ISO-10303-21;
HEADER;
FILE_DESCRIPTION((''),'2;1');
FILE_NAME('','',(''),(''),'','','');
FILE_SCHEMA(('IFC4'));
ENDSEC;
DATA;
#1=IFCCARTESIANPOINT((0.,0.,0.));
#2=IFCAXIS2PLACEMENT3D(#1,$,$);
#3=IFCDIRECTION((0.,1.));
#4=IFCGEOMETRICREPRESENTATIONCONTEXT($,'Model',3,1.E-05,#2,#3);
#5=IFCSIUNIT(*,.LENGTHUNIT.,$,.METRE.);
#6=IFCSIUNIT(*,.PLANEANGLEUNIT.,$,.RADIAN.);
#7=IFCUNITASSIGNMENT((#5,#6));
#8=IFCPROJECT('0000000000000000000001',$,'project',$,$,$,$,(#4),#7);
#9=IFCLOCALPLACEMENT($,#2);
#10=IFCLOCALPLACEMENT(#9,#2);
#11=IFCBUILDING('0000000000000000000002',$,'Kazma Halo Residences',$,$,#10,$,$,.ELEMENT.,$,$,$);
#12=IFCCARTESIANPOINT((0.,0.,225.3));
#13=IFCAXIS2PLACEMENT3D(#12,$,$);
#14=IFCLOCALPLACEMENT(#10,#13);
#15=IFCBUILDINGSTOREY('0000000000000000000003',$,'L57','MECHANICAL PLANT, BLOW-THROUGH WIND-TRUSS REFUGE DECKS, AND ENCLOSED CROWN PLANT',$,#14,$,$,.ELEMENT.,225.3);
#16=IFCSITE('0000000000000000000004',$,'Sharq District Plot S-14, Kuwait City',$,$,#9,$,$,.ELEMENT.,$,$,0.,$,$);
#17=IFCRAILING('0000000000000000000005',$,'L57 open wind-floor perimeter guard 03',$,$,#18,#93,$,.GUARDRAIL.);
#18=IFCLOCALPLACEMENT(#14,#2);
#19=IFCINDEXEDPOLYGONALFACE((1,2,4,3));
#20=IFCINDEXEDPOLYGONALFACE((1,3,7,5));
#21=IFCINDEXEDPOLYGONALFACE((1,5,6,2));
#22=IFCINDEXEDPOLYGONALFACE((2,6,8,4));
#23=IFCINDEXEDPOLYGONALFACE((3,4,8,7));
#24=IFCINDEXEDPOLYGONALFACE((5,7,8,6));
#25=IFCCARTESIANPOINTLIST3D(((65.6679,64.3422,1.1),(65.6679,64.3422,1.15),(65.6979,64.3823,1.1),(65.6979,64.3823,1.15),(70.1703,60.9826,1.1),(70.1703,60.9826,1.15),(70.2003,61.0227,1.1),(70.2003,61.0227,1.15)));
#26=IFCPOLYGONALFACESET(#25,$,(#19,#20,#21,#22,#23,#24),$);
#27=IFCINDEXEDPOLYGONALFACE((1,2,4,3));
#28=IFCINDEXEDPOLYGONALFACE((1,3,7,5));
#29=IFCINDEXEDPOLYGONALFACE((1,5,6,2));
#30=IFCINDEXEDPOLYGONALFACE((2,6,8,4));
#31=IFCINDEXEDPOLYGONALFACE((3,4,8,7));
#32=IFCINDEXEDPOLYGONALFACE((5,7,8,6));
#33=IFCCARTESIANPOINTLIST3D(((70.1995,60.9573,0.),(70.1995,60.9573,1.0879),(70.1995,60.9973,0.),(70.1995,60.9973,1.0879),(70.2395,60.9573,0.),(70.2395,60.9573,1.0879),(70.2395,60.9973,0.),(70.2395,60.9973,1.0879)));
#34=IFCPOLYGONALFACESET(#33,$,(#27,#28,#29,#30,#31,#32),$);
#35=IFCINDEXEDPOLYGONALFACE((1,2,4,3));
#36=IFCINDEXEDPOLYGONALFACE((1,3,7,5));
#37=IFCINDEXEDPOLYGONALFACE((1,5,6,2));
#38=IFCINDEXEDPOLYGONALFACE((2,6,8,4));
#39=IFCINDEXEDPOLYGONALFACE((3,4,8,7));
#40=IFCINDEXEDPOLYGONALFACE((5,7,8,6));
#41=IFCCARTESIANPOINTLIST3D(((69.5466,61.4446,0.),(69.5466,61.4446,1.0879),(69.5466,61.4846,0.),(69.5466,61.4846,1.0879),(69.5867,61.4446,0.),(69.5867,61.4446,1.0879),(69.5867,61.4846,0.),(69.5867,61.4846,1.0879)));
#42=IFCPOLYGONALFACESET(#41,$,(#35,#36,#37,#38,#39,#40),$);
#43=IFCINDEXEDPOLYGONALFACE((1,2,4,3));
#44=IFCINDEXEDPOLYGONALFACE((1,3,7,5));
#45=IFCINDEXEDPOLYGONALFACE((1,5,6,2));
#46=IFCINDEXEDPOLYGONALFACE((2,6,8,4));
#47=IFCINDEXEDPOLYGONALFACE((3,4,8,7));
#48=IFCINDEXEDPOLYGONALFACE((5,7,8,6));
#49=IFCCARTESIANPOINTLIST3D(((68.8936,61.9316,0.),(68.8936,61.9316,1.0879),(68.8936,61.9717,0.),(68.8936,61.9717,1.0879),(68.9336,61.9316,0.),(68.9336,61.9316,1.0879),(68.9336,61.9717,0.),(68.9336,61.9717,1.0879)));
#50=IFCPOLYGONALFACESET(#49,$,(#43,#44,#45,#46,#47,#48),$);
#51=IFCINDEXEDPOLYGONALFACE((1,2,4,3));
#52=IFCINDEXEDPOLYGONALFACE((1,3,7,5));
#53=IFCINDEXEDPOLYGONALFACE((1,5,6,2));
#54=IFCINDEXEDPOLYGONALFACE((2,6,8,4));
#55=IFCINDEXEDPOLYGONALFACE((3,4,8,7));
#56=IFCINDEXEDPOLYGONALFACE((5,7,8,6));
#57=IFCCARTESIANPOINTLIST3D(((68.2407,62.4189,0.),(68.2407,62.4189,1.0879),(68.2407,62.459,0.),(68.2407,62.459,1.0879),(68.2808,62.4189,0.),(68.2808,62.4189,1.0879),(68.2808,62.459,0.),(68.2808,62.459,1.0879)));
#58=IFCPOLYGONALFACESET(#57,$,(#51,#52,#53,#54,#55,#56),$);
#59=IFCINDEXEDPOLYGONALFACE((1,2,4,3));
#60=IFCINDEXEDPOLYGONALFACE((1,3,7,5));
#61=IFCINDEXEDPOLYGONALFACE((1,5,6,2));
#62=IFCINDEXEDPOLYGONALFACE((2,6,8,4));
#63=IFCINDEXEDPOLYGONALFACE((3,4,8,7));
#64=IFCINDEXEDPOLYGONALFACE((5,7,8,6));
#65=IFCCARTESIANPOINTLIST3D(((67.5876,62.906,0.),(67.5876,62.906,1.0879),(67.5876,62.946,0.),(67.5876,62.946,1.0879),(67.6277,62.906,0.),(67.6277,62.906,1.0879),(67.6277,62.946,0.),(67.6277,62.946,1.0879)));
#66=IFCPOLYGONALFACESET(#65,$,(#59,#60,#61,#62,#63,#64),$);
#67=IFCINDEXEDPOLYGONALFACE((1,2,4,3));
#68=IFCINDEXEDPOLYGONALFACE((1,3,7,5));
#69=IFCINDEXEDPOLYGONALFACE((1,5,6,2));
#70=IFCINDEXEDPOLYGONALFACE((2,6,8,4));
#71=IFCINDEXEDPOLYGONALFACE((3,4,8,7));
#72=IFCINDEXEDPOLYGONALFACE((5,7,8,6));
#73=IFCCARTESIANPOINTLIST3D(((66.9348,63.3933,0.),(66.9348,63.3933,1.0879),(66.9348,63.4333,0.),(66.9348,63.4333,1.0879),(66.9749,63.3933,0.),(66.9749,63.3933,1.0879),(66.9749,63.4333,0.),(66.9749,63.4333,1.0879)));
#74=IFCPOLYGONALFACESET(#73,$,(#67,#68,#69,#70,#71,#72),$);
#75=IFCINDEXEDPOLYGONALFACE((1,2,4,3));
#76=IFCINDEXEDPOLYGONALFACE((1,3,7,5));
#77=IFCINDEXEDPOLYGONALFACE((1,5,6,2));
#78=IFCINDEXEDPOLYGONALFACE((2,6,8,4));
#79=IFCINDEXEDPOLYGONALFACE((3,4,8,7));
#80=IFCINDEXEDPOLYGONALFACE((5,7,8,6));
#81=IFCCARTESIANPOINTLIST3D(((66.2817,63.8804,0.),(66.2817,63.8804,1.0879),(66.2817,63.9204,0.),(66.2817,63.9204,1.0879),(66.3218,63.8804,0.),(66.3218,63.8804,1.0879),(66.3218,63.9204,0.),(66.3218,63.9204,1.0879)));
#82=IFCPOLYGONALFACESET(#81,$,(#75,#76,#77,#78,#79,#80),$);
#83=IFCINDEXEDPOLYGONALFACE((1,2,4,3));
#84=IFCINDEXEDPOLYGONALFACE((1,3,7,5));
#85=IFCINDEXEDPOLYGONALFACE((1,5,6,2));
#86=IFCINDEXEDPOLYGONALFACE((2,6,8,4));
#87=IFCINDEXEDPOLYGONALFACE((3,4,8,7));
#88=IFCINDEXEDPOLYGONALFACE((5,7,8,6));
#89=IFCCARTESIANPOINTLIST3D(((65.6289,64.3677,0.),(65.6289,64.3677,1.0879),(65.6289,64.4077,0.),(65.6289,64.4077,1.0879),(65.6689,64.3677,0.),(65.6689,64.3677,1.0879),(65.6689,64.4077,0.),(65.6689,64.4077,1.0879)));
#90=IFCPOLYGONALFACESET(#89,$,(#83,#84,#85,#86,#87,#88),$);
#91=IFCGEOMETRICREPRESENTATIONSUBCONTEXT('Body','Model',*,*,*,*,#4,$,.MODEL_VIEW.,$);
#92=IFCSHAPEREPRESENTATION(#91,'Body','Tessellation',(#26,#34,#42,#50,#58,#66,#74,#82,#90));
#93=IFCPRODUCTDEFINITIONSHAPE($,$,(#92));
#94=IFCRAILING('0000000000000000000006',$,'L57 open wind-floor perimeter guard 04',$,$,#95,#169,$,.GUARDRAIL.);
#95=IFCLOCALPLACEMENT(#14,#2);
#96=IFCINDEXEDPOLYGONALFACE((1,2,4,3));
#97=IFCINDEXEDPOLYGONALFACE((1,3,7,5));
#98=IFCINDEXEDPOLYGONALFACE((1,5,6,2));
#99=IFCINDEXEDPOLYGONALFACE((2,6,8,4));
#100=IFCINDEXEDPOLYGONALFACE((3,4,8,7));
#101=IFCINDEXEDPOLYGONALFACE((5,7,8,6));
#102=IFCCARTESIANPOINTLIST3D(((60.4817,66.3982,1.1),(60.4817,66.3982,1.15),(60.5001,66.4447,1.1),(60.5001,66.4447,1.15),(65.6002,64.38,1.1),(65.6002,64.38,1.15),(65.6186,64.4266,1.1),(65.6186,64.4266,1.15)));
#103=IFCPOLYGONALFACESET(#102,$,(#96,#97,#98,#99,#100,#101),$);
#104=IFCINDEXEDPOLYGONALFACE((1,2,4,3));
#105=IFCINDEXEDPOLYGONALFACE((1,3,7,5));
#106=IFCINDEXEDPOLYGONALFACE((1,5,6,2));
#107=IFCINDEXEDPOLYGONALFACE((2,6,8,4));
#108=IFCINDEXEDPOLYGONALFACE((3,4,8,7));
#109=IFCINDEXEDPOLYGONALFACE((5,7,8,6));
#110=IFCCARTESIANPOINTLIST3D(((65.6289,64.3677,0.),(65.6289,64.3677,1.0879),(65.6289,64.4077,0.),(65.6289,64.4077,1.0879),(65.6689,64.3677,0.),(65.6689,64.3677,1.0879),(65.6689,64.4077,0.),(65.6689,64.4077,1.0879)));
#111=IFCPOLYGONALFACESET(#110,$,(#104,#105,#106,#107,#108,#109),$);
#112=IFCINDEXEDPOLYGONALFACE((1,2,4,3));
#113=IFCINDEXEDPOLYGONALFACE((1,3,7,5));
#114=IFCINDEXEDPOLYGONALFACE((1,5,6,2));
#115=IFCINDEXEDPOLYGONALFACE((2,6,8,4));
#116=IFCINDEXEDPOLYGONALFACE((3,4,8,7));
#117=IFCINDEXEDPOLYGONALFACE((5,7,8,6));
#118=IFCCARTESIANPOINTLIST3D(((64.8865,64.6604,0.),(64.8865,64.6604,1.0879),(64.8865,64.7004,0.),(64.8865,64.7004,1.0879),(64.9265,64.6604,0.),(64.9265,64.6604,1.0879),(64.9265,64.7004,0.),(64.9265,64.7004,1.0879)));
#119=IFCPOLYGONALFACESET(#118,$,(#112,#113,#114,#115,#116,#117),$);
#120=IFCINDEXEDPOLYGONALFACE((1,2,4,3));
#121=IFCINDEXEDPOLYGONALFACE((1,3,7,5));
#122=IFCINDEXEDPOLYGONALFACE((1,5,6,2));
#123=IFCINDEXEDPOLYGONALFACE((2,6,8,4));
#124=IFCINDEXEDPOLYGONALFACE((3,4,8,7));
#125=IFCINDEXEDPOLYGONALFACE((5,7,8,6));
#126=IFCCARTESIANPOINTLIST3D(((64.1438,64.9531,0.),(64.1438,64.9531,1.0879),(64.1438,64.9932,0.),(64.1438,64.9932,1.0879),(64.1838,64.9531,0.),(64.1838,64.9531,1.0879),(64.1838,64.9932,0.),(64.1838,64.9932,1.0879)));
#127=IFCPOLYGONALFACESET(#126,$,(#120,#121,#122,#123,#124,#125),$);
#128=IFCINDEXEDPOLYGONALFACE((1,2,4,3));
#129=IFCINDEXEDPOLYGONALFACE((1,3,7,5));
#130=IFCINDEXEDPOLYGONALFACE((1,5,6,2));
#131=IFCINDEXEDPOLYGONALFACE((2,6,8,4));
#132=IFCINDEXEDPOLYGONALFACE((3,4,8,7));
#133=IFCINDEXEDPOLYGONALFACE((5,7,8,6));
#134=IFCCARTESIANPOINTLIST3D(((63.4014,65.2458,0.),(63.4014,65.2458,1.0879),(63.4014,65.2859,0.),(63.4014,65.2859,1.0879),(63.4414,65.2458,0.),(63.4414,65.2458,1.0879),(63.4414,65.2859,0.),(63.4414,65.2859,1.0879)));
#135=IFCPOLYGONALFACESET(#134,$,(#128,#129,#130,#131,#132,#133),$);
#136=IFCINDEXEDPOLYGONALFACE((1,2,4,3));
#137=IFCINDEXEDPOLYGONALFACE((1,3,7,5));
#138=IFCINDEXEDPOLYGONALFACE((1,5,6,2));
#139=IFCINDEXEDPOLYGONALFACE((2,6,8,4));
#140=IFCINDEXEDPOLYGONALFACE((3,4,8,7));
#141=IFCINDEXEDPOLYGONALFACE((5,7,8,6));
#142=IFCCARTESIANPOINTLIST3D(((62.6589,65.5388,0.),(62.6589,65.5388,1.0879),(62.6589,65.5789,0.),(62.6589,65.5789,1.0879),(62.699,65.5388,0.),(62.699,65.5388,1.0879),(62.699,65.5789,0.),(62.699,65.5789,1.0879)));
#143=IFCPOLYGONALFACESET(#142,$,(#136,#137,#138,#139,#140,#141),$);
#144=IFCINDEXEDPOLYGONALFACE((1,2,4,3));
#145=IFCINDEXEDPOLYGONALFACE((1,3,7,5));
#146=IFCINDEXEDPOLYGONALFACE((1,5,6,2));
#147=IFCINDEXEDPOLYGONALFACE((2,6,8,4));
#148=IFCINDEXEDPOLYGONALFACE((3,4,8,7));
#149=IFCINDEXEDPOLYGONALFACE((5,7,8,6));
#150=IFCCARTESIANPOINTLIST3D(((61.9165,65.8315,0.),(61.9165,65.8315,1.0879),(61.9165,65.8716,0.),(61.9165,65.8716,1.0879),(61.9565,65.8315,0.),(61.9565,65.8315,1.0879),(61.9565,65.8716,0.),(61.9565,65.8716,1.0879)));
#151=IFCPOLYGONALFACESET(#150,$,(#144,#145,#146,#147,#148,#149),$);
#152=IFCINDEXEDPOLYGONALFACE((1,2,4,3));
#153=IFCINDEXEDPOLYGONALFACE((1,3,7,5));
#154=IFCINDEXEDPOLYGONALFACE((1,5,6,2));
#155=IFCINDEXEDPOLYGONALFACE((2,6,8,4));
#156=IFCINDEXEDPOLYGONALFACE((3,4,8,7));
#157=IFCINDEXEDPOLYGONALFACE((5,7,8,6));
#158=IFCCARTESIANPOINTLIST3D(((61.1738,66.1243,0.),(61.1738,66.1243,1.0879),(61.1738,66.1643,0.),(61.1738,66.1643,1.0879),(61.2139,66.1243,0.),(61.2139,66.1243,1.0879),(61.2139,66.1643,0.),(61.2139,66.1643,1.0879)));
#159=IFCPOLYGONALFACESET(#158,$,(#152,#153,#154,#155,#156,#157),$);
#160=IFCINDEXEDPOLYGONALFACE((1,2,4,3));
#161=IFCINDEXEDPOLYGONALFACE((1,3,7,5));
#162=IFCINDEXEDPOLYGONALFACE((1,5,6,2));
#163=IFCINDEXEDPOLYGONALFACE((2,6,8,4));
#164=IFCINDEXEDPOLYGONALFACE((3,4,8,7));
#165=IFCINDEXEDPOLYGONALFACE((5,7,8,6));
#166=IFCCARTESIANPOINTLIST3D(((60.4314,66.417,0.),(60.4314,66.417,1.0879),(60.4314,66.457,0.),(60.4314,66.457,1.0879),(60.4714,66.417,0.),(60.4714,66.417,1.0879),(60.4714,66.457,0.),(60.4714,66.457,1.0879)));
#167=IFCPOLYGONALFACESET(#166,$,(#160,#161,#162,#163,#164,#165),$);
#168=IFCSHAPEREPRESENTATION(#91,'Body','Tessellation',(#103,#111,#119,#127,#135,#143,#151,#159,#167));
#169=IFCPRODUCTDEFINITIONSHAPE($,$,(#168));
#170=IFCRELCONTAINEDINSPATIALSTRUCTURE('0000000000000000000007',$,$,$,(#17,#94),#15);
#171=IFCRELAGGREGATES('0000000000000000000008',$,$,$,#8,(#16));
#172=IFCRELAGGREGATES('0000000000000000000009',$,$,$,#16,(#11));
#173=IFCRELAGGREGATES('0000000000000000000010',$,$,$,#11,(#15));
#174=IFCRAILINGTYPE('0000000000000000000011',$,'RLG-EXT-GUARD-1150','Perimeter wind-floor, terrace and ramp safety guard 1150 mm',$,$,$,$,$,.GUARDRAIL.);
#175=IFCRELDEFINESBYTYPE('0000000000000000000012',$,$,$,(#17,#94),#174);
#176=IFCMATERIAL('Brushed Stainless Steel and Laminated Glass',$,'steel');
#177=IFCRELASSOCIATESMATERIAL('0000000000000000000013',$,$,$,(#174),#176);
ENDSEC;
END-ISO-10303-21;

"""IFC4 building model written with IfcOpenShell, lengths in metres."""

from ifc_helpers import new_model, si_unit, direction, frame, origin, origin_2d, place, context, subcontext, project, spatial, rectangle, extrude, material, type_object, element, save


model = new_model("IFC4")

# Units and contexts
model_context = context("Model", 3, precision=1e-05, world=origin(), true_north=direction((0.0, 1.0)))
body_context = subcontext(model_context, "Body", "Model", "MODEL_VIEW")
ifc_project = project(units=[si_unit("LENGTHUNIT", "METRE"), si_unit("PLANEANGLEUNIT", "RADIAN")], contexts=[model_context])

# Site, building, storey
site_placement = place(None, origin())
site = spatial("IfcSite", under=ifc_project, at=site_placement, Name="Sharq District Plot S-14, Kuwait City", CompositionType="ELEMENT", RefElevation=0.0)
building_placement = place(site_placement, origin())
building = spatial("IfcBuilding", under=site, at=building_placement, Name="Kazma Halo Residences", CompositionType="ELEMENT")
storey_placement = place(building_placement, frame((0.0, 0.0, 225.3)))
storey = spatial("IfcBuildingStorey", under=building, at=storey_placement, Name="L57", Description="MECHANICAL PLANT, BLOW-THROUGH WIND-TRUSS REFUGE DECKS, AND ENCLOSED CROWN PLANT", CompositionType="ELEMENT", Elevation=225.3)

# Railings
ifc_material_1 = material(Name="Brushed Stainless Steel and Laminated Glass", Category="steel")
railing_type = type_object("IfcRailingType", Name="RLG-EXT-GUARD-1150", Description="Perimeter wind-floor, terrace and ramp safety guard 1150 mm", PredefinedType="GUARDRAIL", material=ifc_material_1)
railing_1_placement = place(storey_placement, frame((70.2195, 60.9773, 0.0)))
element("IfcRailing", 1, at=railing_1_placement, inside=storey, type_object=railing_type, Name="L57 open wind-floor perimeter guard 03", PredefinedType="GUARDRAIL", context=body_context, shape_type="SweptSolid", body=[
    extrude(rectangle(XDim=0.05, YDim=0.05, at=origin_2d()), frame((-0.0342, 0.0254, 1.125), z_axis=(-0.801472, 0.598032, 0.0), x_axis=(-0.598032, -0.801472, 0.0)), (0.0, 0.0, 1.0), 5.6177),
    extrude(rectangle(XDim=0.04, YDim=0.04, at=origin_2d()), origin(), (0.0, 0.0, 1.0), 1.0879),
    extrude(rectangle(XDim=0.04, YDim=0.04, at=origin_2d()), frame((-0.6528, 0.4873, 0.0)), (0.0, 0.0, 1.0), 1.0879),
    extrude(rectangle(XDim=0.04, YDim=0.04, at=origin_2d()), frame((-1.3059, 0.9744, 0.0)), (0.0, 0.0, 1.0), 1.0879),
    extrude(rectangle(XDim=0.04, YDim=0.04, at=origin_2d()), frame((-1.9587, 1.4617, 0.0)), (0.0, 0.0, 1.0), 1.0879),
    extrude(rectangle(XDim=0.04, YDim=0.04, at=origin_2d()), frame((-2.6118, 1.9487, 0.0)), (0.0, 0.0, 1.0), 1.0879),
    extrude(rectangle(XDim=0.04, YDim=0.04, at=origin_2d()), frame((-3.2646, 2.436, 0.0)), (0.0, 0.0, 1.0), 1.0879),
    extrude(rectangle(XDim=0.04, YDim=0.04, at=origin_2d()), frame((-3.9177, 2.9231, 0.0)), (0.0, 0.0, 1.0), 1.0879),
    extrude(rectangle(XDim=0.04, YDim=0.04, at=origin_2d()), frame((-4.5706, 3.4104, 0.0)), (0.0, 0.0, 1.0), 1.0879),
])
railing_2_placement = place(storey_placement, frame((65.6489, 64.3877, 0.0)))
element("IfcRailing", 2, at=railing_2_placement, inside=storey, type_object=railing_type, Name="L57 open wind-floor perimeter guard 04", PredefinedType="GUARDRAIL", context=body_context, shape_type="SweptSolid", body=[
    extrude(rectangle(XDim=0.05, YDim=0.05, at=origin_2d()), frame((-0.0396, 0.0156, 1.125), z_axis=(-0.930298, 0.366805, 0.0), x_axis=(-0.366805, -0.930298, 0.0)), (0.0, 0.0, 1.0), 5.502),
    extrude(rectangle(XDim=0.04, YDim=0.04, at=origin_2d()), origin(), (0.0, 0.0, 1.0), 1.0879),
    extrude(rectangle(XDim=0.04, YDim=0.04, at=origin_2d()), frame((-0.7424, 0.2927, 0.0)), (0.0, 0.0, 1.0), 1.0879),
    extrude(rectangle(XDim=0.04, YDim=0.04, at=origin_2d()), frame((-1.4851, 0.5854, 0.0)), (0.0, 0.0, 1.0), 1.0879),
    extrude(rectangle(XDim=0.04, YDim=0.04, at=origin_2d()), frame((-2.2275, 0.8782, 0.0)), (0.0, 0.0, 1.0), 1.0879),
    extrude(rectangle(XDim=0.04, YDim=0.04, at=origin_2d()), frame((-2.97, 1.1711, 0.0)), (0.0, 0.0, 1.0), 1.0879),
    extrude(rectangle(XDim=0.04, YDim=0.04, at=origin_2d()), frame((-3.7124, 1.4639, 0.0)), (0.0, 0.0, 1.0), 1.0879),
    extrude(rectangle(XDim=0.04, YDim=0.04, at=origin_2d()), frame((-4.4551, 1.7566, 0.0)), (0.0, 0.0, 1.0), 1.0879),
    extrude(rectangle(XDim=0.04, YDim=0.04, at=origin_2d()), frame((-5.1975, 2.0493, 0.0)), (0.0, 0.0, 1.0), 1.0879),
])

save(model, "model.ifc")
